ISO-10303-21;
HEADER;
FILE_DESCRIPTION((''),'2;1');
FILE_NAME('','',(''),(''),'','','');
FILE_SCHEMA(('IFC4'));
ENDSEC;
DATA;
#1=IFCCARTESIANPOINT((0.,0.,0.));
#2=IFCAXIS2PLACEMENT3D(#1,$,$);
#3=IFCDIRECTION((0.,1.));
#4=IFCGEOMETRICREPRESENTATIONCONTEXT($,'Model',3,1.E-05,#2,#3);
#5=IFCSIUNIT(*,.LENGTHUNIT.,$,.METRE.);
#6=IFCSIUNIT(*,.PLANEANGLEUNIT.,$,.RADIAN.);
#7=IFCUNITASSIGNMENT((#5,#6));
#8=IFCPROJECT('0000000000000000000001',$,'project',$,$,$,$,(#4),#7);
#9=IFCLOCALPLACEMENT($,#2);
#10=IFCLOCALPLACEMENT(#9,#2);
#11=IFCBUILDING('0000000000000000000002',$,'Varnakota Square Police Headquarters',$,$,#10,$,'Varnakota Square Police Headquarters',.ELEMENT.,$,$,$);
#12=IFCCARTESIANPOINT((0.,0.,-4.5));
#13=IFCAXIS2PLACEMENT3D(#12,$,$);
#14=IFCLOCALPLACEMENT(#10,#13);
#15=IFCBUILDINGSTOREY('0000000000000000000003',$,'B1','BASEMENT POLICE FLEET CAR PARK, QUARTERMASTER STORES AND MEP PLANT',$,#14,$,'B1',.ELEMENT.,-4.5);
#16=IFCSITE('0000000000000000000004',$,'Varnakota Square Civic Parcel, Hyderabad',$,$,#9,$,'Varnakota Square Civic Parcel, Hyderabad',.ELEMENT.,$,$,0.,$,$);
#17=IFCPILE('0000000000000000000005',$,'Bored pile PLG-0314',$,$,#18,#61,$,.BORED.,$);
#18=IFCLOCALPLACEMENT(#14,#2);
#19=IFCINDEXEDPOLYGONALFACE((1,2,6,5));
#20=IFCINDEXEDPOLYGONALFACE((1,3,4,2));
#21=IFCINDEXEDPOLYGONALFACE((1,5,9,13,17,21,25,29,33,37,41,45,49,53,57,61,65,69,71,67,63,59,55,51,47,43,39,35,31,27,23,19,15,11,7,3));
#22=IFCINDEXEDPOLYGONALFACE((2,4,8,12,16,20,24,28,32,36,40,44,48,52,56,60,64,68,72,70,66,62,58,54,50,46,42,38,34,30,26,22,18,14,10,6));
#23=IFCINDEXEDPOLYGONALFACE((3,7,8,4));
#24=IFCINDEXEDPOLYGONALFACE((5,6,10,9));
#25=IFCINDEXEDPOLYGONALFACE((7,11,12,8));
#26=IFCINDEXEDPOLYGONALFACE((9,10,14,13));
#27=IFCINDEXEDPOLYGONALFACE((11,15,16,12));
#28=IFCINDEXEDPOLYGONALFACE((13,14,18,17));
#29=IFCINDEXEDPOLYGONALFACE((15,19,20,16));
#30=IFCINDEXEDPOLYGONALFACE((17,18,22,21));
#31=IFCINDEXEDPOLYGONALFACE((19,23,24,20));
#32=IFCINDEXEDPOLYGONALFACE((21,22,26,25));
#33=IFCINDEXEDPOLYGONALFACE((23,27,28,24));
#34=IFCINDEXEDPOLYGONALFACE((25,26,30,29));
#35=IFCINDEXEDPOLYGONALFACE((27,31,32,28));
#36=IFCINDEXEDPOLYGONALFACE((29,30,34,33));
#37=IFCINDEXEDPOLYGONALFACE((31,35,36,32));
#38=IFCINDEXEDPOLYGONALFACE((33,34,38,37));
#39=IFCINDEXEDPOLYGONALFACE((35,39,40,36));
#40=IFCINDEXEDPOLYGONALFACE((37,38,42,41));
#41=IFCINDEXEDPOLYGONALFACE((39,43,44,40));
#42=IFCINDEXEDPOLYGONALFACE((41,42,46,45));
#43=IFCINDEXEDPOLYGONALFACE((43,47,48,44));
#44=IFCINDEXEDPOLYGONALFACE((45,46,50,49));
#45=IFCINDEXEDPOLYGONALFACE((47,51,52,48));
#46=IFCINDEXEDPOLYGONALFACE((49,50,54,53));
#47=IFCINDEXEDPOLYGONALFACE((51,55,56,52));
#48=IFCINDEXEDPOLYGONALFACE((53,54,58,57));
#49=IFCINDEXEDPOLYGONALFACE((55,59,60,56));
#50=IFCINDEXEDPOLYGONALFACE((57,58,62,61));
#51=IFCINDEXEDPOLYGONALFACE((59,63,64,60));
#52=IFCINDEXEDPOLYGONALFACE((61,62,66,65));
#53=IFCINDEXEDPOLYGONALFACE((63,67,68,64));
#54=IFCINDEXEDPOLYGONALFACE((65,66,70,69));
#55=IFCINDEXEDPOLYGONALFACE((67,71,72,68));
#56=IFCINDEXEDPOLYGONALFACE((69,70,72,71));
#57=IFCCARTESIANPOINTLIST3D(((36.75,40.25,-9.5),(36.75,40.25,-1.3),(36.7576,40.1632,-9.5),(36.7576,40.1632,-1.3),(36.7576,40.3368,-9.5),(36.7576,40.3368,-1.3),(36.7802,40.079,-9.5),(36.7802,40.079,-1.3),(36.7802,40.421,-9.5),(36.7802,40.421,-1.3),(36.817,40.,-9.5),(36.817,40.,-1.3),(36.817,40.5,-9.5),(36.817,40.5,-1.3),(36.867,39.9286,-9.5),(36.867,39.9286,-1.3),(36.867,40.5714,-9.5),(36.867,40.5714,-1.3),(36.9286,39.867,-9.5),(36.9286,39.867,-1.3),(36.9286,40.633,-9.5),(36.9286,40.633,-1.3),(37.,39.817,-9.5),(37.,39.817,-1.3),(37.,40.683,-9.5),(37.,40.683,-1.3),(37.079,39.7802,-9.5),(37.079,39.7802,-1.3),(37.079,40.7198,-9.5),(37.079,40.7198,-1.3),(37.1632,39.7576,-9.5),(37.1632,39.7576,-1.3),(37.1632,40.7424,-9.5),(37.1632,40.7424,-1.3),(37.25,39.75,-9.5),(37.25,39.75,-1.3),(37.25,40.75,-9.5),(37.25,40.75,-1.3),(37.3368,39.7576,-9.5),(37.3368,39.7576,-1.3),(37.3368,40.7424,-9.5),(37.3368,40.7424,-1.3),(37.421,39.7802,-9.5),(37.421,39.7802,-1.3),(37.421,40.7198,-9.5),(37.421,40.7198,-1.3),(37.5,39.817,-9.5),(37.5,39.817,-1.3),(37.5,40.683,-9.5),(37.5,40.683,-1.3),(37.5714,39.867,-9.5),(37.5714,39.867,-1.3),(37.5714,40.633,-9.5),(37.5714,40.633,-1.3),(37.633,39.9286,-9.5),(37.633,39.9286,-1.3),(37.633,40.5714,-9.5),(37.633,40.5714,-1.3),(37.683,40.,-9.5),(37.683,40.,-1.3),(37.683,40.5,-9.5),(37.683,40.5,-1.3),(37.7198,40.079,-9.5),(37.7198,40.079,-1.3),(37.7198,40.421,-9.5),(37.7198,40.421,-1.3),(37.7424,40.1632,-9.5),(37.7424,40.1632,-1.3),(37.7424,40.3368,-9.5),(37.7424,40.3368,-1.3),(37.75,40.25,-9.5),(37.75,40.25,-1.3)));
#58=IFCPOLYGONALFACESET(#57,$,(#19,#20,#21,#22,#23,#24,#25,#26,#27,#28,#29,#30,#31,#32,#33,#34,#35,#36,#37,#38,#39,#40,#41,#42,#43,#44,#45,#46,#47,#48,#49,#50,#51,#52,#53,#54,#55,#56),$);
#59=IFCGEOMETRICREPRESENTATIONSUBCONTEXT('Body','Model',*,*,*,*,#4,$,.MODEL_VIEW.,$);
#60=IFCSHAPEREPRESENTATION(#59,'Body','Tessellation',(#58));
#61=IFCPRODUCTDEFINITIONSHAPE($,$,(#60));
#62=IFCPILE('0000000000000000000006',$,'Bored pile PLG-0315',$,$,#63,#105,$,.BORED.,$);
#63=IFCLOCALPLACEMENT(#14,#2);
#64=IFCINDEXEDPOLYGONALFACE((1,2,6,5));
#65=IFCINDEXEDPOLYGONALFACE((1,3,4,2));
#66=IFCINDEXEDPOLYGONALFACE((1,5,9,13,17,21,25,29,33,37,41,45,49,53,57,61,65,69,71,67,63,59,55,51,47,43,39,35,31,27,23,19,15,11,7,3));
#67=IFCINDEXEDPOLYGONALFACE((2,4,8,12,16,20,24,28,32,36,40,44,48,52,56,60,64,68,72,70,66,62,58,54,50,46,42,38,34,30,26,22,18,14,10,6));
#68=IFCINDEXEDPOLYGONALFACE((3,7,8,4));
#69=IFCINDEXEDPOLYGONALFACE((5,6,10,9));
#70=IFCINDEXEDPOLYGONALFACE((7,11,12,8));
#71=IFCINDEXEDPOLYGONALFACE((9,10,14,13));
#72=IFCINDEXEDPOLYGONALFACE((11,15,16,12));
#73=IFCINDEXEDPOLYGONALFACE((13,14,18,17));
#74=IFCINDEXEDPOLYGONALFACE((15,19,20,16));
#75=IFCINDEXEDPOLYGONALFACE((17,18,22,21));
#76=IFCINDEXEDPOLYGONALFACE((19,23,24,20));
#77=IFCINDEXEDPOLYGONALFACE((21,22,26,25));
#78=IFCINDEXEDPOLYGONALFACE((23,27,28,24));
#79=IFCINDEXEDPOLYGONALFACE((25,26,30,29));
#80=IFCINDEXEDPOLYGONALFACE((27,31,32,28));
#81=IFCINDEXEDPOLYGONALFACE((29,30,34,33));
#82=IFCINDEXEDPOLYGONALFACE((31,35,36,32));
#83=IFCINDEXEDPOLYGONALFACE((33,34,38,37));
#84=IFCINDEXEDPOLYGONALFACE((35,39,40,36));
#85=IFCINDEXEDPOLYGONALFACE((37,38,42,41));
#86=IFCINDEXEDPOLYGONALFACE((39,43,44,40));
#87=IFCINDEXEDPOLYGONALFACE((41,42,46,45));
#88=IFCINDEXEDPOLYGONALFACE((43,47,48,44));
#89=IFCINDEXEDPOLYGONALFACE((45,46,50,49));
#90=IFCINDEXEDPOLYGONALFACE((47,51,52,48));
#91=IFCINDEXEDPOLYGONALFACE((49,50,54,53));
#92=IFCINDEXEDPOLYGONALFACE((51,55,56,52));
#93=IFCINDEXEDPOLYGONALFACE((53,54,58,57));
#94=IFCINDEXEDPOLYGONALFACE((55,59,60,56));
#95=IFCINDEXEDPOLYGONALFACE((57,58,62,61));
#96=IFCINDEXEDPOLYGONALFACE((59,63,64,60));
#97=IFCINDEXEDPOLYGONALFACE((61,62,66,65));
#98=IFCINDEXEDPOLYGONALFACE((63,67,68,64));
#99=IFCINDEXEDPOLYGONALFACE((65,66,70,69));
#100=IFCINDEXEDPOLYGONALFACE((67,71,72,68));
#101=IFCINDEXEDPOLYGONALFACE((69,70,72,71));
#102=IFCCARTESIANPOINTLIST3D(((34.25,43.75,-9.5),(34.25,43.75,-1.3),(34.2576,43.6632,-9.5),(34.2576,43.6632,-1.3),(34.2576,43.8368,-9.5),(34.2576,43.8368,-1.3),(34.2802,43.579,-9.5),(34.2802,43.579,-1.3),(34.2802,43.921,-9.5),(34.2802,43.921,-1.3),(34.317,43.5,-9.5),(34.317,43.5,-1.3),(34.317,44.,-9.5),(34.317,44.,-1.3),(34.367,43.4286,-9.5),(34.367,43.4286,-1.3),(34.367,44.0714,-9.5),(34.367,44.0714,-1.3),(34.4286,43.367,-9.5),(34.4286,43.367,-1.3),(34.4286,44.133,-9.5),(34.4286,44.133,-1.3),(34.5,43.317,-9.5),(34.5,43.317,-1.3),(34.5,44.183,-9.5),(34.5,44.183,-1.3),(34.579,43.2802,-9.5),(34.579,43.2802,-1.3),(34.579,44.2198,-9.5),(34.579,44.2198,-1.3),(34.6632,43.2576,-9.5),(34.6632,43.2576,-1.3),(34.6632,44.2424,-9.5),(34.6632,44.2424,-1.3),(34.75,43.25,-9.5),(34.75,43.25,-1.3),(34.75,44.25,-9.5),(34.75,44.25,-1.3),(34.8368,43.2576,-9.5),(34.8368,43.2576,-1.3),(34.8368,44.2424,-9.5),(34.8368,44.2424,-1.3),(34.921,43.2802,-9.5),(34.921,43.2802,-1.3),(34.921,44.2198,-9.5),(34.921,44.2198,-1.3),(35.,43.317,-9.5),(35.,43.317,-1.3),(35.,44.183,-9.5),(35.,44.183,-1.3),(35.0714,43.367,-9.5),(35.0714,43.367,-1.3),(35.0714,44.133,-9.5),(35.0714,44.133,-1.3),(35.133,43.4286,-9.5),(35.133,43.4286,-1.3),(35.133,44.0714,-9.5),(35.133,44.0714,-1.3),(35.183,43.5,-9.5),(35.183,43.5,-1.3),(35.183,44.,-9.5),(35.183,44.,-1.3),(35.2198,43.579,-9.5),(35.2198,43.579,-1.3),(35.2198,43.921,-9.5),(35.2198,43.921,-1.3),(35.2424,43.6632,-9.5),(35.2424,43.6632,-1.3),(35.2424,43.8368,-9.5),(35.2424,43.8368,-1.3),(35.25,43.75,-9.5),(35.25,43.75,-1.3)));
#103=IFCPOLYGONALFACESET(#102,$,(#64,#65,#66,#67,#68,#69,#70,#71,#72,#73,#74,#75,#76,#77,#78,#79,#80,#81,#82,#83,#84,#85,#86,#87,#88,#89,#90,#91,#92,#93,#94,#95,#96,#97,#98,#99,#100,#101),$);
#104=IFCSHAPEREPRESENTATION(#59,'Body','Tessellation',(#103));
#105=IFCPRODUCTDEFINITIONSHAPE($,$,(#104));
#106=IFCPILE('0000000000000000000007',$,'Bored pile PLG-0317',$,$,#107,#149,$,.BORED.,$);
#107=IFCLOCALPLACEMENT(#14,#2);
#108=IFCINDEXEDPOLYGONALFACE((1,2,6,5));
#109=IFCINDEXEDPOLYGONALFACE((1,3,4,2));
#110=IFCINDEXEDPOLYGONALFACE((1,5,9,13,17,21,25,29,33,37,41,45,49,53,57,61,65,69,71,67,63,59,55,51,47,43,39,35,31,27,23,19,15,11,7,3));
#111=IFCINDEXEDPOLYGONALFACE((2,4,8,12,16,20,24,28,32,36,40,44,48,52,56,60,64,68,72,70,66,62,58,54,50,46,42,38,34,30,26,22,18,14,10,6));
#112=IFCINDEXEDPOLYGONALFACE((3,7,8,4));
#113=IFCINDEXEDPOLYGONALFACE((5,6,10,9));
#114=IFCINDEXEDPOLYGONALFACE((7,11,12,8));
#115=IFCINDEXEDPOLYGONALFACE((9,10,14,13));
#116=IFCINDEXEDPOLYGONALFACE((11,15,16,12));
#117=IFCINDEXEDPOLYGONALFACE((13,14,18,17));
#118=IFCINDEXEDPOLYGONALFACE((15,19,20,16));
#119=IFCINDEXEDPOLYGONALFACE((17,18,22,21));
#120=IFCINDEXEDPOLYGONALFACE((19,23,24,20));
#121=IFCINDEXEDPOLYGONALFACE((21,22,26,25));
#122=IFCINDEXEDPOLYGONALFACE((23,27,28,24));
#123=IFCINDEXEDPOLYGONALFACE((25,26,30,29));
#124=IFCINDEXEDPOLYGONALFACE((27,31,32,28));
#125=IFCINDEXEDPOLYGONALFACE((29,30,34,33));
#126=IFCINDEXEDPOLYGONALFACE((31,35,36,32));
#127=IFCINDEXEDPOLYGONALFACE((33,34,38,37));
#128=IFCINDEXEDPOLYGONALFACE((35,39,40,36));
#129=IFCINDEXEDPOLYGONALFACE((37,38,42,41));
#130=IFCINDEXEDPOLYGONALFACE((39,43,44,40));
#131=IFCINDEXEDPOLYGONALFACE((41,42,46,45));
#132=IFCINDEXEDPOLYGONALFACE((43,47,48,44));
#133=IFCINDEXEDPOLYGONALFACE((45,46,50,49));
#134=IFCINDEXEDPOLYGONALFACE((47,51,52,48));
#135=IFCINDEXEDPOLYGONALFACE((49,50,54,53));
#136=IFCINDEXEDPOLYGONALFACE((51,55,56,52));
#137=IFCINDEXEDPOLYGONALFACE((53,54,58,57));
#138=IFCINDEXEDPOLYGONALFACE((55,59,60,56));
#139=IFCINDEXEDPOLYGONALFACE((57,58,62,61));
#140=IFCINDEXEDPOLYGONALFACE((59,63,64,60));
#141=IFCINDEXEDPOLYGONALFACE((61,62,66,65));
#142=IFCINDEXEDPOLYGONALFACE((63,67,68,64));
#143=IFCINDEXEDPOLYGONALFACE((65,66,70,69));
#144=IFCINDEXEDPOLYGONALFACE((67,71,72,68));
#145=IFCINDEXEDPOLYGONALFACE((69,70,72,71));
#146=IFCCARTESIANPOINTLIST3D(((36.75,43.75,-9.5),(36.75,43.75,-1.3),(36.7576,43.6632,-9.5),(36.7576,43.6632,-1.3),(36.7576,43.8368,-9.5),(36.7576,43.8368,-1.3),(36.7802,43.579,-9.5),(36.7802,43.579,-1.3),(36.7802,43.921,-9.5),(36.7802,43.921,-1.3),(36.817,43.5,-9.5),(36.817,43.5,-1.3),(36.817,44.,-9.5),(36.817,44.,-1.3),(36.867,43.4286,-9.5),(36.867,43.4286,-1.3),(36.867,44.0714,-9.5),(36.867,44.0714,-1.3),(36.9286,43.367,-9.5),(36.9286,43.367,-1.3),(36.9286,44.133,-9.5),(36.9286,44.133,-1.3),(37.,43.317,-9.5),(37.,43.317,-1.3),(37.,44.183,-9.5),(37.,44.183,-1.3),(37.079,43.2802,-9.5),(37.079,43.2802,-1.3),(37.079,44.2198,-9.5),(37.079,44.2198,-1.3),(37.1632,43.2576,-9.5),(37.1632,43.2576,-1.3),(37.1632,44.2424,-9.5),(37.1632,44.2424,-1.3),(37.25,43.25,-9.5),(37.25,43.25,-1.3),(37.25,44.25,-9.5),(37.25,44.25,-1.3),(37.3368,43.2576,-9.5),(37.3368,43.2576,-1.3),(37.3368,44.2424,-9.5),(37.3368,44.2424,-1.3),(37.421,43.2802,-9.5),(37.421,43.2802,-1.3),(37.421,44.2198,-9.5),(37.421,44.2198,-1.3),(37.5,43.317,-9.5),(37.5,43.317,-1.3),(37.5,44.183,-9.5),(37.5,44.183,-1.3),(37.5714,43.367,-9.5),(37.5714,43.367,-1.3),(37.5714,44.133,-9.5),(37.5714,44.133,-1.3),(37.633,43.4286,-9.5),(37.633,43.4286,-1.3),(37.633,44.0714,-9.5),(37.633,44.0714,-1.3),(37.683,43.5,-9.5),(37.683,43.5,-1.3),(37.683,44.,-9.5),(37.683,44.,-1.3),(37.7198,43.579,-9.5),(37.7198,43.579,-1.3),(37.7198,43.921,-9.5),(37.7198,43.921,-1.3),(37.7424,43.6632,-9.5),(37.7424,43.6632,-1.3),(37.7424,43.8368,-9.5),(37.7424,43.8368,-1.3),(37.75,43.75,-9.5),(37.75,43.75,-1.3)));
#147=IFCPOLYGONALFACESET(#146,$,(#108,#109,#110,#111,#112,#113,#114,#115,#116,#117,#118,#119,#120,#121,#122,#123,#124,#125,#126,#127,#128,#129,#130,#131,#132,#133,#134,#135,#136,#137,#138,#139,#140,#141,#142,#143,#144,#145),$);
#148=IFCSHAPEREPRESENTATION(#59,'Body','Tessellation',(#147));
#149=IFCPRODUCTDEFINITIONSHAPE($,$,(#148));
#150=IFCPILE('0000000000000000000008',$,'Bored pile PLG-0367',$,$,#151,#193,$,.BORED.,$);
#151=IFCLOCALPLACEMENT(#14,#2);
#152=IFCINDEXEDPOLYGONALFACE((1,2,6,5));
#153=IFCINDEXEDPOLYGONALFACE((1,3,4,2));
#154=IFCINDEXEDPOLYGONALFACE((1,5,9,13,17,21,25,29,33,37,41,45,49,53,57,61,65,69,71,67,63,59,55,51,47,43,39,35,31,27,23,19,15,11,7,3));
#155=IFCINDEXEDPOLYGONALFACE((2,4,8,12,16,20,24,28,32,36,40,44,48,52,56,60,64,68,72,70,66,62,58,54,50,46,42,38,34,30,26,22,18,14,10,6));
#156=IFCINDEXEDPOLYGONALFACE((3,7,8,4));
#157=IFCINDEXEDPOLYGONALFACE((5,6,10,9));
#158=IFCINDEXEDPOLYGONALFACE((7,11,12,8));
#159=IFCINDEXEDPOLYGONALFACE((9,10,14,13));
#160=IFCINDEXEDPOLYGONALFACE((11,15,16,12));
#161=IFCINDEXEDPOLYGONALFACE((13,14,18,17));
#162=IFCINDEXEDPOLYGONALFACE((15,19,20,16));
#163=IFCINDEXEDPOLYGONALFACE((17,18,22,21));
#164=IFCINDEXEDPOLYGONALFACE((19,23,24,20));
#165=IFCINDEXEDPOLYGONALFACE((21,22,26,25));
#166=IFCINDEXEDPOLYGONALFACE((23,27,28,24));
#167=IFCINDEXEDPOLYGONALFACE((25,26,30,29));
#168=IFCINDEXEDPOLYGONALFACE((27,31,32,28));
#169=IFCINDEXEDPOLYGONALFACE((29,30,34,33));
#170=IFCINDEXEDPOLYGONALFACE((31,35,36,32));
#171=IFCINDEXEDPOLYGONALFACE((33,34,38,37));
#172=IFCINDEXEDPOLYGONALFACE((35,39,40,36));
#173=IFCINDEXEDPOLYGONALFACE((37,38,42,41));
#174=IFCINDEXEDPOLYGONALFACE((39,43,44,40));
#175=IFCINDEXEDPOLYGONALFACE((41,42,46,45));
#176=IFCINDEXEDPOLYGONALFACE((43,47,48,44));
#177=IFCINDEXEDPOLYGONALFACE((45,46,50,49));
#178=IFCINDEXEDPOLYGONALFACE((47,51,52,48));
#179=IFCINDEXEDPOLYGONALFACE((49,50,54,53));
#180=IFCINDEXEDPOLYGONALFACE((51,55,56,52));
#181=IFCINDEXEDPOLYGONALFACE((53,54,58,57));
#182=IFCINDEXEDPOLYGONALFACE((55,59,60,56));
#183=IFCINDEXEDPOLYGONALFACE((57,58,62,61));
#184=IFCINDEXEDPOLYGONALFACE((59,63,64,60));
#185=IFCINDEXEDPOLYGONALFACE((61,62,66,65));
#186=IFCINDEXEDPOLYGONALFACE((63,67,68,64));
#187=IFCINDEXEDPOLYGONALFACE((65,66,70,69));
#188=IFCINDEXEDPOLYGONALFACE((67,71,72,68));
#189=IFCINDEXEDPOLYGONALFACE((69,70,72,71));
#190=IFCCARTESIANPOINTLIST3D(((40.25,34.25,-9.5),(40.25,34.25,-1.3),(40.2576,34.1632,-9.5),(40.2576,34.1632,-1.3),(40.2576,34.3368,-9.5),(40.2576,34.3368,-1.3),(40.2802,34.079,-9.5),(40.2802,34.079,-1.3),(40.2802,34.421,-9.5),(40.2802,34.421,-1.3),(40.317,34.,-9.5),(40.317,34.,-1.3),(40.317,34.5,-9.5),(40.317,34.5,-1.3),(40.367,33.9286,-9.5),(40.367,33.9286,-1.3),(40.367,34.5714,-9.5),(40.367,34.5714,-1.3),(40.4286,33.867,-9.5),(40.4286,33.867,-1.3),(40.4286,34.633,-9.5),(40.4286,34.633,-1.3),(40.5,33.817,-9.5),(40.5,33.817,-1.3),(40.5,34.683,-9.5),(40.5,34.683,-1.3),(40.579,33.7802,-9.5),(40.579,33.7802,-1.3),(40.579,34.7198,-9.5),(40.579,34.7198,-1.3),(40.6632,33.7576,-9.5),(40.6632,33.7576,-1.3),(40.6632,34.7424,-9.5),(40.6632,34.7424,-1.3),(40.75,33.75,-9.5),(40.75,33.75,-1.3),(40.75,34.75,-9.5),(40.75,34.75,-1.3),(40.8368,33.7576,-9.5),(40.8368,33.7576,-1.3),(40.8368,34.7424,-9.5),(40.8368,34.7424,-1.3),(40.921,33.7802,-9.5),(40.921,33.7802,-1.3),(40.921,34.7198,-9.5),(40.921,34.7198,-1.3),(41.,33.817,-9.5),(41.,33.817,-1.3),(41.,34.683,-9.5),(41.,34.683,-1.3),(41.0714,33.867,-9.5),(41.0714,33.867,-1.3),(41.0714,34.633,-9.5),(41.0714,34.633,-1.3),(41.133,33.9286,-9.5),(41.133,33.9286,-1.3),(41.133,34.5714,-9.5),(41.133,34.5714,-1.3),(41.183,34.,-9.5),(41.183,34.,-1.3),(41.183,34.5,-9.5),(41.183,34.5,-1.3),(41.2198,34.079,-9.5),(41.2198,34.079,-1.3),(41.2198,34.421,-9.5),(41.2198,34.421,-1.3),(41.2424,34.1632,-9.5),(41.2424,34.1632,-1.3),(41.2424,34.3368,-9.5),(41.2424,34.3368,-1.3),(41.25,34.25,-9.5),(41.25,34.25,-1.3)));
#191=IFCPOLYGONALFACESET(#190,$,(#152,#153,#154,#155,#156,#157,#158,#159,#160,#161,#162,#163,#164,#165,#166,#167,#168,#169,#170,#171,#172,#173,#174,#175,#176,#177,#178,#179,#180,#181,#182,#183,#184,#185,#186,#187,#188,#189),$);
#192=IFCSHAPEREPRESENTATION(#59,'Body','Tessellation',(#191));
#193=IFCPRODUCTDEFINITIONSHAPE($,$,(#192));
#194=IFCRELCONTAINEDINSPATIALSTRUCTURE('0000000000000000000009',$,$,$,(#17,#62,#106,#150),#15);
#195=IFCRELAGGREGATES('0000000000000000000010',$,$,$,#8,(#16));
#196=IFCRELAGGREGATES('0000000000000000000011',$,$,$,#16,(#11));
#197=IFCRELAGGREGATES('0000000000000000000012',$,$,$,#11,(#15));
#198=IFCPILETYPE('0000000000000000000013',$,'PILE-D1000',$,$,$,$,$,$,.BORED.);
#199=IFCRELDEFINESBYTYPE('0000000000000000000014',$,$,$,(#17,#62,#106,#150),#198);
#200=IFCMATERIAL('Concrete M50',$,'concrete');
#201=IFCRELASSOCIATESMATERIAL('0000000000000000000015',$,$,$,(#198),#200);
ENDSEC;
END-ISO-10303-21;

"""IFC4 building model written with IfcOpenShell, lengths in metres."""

from ifc_helpers import new_model, si_unit, direction, frame, origin, origin_2d, place, context, subcontext, project, spatial, circle, extrude, material, material_profile, profile_set, type_object, element, save


model = new_model("IFC4")

# Units and contexts
model_context = context("Model", 3, precision=1e-05, world=origin(), true_north=direction((0.0, 1.0)))
body_context = subcontext(model_context, "Body", "Model", "MODEL_VIEW")
ifc_project = project(units=[si_unit("LENGTHUNIT", "METRE"), si_unit("PLANEANGLEUNIT", "RADIAN")], contexts=[model_context])

# Site, building, storey
site_placement = place(None, origin())
site = spatial("IfcSite", under=ifc_project, at=site_placement, Name="Varnakota Square Civic Parcel, Hyderabad", LongName="Varnakota Square Civic Parcel, Hyderabad", CompositionType="ELEMENT", RefElevation=0.0)
building_placement = place(site_placement, origin())
building = spatial("IfcBuilding", under=site, at=building_placement, Name="Varnakota Square Police Headquarters", LongName="Varnakota Square Police Headquarters", CompositionType="ELEMENT")
storey_placement = place(building_placement, frame((0.0, 0.0, -4.5)))
storey = spatial("IfcBuildingStorey", under=building, at=storey_placement, Name="B1", Description="BASEMENT POLICE FLEET CAR PARK, QUARTERMASTER STORES AND MEP PLANT", LongName="B1", CompositionType="ELEMENT", Elevation=-4.5)

# Shared definitions
ifc_material_1 = material(Name="Concrete M50", Category="concrete")

# Piles
ifc_material_profile_1 = material_profile(ifc_material_1, circle(Radius=0.5, at=origin_2d()), Name="BORED PILE 1000")
ifc_profile_set_1 = profile_set([ifc_material_profile_1], Name="Concrete M50")
pile_type = type_object("IfcPileType", Name="PILE-D1000", PredefinedType="BORED", material=ifc_profile_set_1)
for number, where, z_axis, x_axis, name in (
    (1, (37.25, 40.25, -1.3), (0.0, 0.0, -1.0), (1.0, 0.0, 0.0), "Bored pile PLG-0314"),
    (2, (34.75, 43.75, -1.3), (0.0, 0.0, -1.0), (1.0, 0.0, 0.0), "Bored pile PLG-0315"),
    (3, (37.25, 43.75, -1.3), (0.0, 0.0, -1.0), (1.0, 0.0, 0.0), "Bored pile PLG-0317"),
    (4, (40.75, 34.25, -1.3), (0.0, 0.0, -1.0), (1.0, 0.0, 0.0), "Bored pile PLG-0367"),
):
    element("IfcPile", number, at=place(storey_placement, frame(where, z_axis=z_axis, x_axis=x_axis)), inside=storey, type_object=pile_type, Name=name, PredefinedType="BORED", context=body_context, shape_type="SweptSolid", body=[
        extrude(circle(Radius=0.5, at=origin_2d()), origin(), (0.0, 0.0, 1.0), 8.2),
    ])

save(model, "model.ifc")
